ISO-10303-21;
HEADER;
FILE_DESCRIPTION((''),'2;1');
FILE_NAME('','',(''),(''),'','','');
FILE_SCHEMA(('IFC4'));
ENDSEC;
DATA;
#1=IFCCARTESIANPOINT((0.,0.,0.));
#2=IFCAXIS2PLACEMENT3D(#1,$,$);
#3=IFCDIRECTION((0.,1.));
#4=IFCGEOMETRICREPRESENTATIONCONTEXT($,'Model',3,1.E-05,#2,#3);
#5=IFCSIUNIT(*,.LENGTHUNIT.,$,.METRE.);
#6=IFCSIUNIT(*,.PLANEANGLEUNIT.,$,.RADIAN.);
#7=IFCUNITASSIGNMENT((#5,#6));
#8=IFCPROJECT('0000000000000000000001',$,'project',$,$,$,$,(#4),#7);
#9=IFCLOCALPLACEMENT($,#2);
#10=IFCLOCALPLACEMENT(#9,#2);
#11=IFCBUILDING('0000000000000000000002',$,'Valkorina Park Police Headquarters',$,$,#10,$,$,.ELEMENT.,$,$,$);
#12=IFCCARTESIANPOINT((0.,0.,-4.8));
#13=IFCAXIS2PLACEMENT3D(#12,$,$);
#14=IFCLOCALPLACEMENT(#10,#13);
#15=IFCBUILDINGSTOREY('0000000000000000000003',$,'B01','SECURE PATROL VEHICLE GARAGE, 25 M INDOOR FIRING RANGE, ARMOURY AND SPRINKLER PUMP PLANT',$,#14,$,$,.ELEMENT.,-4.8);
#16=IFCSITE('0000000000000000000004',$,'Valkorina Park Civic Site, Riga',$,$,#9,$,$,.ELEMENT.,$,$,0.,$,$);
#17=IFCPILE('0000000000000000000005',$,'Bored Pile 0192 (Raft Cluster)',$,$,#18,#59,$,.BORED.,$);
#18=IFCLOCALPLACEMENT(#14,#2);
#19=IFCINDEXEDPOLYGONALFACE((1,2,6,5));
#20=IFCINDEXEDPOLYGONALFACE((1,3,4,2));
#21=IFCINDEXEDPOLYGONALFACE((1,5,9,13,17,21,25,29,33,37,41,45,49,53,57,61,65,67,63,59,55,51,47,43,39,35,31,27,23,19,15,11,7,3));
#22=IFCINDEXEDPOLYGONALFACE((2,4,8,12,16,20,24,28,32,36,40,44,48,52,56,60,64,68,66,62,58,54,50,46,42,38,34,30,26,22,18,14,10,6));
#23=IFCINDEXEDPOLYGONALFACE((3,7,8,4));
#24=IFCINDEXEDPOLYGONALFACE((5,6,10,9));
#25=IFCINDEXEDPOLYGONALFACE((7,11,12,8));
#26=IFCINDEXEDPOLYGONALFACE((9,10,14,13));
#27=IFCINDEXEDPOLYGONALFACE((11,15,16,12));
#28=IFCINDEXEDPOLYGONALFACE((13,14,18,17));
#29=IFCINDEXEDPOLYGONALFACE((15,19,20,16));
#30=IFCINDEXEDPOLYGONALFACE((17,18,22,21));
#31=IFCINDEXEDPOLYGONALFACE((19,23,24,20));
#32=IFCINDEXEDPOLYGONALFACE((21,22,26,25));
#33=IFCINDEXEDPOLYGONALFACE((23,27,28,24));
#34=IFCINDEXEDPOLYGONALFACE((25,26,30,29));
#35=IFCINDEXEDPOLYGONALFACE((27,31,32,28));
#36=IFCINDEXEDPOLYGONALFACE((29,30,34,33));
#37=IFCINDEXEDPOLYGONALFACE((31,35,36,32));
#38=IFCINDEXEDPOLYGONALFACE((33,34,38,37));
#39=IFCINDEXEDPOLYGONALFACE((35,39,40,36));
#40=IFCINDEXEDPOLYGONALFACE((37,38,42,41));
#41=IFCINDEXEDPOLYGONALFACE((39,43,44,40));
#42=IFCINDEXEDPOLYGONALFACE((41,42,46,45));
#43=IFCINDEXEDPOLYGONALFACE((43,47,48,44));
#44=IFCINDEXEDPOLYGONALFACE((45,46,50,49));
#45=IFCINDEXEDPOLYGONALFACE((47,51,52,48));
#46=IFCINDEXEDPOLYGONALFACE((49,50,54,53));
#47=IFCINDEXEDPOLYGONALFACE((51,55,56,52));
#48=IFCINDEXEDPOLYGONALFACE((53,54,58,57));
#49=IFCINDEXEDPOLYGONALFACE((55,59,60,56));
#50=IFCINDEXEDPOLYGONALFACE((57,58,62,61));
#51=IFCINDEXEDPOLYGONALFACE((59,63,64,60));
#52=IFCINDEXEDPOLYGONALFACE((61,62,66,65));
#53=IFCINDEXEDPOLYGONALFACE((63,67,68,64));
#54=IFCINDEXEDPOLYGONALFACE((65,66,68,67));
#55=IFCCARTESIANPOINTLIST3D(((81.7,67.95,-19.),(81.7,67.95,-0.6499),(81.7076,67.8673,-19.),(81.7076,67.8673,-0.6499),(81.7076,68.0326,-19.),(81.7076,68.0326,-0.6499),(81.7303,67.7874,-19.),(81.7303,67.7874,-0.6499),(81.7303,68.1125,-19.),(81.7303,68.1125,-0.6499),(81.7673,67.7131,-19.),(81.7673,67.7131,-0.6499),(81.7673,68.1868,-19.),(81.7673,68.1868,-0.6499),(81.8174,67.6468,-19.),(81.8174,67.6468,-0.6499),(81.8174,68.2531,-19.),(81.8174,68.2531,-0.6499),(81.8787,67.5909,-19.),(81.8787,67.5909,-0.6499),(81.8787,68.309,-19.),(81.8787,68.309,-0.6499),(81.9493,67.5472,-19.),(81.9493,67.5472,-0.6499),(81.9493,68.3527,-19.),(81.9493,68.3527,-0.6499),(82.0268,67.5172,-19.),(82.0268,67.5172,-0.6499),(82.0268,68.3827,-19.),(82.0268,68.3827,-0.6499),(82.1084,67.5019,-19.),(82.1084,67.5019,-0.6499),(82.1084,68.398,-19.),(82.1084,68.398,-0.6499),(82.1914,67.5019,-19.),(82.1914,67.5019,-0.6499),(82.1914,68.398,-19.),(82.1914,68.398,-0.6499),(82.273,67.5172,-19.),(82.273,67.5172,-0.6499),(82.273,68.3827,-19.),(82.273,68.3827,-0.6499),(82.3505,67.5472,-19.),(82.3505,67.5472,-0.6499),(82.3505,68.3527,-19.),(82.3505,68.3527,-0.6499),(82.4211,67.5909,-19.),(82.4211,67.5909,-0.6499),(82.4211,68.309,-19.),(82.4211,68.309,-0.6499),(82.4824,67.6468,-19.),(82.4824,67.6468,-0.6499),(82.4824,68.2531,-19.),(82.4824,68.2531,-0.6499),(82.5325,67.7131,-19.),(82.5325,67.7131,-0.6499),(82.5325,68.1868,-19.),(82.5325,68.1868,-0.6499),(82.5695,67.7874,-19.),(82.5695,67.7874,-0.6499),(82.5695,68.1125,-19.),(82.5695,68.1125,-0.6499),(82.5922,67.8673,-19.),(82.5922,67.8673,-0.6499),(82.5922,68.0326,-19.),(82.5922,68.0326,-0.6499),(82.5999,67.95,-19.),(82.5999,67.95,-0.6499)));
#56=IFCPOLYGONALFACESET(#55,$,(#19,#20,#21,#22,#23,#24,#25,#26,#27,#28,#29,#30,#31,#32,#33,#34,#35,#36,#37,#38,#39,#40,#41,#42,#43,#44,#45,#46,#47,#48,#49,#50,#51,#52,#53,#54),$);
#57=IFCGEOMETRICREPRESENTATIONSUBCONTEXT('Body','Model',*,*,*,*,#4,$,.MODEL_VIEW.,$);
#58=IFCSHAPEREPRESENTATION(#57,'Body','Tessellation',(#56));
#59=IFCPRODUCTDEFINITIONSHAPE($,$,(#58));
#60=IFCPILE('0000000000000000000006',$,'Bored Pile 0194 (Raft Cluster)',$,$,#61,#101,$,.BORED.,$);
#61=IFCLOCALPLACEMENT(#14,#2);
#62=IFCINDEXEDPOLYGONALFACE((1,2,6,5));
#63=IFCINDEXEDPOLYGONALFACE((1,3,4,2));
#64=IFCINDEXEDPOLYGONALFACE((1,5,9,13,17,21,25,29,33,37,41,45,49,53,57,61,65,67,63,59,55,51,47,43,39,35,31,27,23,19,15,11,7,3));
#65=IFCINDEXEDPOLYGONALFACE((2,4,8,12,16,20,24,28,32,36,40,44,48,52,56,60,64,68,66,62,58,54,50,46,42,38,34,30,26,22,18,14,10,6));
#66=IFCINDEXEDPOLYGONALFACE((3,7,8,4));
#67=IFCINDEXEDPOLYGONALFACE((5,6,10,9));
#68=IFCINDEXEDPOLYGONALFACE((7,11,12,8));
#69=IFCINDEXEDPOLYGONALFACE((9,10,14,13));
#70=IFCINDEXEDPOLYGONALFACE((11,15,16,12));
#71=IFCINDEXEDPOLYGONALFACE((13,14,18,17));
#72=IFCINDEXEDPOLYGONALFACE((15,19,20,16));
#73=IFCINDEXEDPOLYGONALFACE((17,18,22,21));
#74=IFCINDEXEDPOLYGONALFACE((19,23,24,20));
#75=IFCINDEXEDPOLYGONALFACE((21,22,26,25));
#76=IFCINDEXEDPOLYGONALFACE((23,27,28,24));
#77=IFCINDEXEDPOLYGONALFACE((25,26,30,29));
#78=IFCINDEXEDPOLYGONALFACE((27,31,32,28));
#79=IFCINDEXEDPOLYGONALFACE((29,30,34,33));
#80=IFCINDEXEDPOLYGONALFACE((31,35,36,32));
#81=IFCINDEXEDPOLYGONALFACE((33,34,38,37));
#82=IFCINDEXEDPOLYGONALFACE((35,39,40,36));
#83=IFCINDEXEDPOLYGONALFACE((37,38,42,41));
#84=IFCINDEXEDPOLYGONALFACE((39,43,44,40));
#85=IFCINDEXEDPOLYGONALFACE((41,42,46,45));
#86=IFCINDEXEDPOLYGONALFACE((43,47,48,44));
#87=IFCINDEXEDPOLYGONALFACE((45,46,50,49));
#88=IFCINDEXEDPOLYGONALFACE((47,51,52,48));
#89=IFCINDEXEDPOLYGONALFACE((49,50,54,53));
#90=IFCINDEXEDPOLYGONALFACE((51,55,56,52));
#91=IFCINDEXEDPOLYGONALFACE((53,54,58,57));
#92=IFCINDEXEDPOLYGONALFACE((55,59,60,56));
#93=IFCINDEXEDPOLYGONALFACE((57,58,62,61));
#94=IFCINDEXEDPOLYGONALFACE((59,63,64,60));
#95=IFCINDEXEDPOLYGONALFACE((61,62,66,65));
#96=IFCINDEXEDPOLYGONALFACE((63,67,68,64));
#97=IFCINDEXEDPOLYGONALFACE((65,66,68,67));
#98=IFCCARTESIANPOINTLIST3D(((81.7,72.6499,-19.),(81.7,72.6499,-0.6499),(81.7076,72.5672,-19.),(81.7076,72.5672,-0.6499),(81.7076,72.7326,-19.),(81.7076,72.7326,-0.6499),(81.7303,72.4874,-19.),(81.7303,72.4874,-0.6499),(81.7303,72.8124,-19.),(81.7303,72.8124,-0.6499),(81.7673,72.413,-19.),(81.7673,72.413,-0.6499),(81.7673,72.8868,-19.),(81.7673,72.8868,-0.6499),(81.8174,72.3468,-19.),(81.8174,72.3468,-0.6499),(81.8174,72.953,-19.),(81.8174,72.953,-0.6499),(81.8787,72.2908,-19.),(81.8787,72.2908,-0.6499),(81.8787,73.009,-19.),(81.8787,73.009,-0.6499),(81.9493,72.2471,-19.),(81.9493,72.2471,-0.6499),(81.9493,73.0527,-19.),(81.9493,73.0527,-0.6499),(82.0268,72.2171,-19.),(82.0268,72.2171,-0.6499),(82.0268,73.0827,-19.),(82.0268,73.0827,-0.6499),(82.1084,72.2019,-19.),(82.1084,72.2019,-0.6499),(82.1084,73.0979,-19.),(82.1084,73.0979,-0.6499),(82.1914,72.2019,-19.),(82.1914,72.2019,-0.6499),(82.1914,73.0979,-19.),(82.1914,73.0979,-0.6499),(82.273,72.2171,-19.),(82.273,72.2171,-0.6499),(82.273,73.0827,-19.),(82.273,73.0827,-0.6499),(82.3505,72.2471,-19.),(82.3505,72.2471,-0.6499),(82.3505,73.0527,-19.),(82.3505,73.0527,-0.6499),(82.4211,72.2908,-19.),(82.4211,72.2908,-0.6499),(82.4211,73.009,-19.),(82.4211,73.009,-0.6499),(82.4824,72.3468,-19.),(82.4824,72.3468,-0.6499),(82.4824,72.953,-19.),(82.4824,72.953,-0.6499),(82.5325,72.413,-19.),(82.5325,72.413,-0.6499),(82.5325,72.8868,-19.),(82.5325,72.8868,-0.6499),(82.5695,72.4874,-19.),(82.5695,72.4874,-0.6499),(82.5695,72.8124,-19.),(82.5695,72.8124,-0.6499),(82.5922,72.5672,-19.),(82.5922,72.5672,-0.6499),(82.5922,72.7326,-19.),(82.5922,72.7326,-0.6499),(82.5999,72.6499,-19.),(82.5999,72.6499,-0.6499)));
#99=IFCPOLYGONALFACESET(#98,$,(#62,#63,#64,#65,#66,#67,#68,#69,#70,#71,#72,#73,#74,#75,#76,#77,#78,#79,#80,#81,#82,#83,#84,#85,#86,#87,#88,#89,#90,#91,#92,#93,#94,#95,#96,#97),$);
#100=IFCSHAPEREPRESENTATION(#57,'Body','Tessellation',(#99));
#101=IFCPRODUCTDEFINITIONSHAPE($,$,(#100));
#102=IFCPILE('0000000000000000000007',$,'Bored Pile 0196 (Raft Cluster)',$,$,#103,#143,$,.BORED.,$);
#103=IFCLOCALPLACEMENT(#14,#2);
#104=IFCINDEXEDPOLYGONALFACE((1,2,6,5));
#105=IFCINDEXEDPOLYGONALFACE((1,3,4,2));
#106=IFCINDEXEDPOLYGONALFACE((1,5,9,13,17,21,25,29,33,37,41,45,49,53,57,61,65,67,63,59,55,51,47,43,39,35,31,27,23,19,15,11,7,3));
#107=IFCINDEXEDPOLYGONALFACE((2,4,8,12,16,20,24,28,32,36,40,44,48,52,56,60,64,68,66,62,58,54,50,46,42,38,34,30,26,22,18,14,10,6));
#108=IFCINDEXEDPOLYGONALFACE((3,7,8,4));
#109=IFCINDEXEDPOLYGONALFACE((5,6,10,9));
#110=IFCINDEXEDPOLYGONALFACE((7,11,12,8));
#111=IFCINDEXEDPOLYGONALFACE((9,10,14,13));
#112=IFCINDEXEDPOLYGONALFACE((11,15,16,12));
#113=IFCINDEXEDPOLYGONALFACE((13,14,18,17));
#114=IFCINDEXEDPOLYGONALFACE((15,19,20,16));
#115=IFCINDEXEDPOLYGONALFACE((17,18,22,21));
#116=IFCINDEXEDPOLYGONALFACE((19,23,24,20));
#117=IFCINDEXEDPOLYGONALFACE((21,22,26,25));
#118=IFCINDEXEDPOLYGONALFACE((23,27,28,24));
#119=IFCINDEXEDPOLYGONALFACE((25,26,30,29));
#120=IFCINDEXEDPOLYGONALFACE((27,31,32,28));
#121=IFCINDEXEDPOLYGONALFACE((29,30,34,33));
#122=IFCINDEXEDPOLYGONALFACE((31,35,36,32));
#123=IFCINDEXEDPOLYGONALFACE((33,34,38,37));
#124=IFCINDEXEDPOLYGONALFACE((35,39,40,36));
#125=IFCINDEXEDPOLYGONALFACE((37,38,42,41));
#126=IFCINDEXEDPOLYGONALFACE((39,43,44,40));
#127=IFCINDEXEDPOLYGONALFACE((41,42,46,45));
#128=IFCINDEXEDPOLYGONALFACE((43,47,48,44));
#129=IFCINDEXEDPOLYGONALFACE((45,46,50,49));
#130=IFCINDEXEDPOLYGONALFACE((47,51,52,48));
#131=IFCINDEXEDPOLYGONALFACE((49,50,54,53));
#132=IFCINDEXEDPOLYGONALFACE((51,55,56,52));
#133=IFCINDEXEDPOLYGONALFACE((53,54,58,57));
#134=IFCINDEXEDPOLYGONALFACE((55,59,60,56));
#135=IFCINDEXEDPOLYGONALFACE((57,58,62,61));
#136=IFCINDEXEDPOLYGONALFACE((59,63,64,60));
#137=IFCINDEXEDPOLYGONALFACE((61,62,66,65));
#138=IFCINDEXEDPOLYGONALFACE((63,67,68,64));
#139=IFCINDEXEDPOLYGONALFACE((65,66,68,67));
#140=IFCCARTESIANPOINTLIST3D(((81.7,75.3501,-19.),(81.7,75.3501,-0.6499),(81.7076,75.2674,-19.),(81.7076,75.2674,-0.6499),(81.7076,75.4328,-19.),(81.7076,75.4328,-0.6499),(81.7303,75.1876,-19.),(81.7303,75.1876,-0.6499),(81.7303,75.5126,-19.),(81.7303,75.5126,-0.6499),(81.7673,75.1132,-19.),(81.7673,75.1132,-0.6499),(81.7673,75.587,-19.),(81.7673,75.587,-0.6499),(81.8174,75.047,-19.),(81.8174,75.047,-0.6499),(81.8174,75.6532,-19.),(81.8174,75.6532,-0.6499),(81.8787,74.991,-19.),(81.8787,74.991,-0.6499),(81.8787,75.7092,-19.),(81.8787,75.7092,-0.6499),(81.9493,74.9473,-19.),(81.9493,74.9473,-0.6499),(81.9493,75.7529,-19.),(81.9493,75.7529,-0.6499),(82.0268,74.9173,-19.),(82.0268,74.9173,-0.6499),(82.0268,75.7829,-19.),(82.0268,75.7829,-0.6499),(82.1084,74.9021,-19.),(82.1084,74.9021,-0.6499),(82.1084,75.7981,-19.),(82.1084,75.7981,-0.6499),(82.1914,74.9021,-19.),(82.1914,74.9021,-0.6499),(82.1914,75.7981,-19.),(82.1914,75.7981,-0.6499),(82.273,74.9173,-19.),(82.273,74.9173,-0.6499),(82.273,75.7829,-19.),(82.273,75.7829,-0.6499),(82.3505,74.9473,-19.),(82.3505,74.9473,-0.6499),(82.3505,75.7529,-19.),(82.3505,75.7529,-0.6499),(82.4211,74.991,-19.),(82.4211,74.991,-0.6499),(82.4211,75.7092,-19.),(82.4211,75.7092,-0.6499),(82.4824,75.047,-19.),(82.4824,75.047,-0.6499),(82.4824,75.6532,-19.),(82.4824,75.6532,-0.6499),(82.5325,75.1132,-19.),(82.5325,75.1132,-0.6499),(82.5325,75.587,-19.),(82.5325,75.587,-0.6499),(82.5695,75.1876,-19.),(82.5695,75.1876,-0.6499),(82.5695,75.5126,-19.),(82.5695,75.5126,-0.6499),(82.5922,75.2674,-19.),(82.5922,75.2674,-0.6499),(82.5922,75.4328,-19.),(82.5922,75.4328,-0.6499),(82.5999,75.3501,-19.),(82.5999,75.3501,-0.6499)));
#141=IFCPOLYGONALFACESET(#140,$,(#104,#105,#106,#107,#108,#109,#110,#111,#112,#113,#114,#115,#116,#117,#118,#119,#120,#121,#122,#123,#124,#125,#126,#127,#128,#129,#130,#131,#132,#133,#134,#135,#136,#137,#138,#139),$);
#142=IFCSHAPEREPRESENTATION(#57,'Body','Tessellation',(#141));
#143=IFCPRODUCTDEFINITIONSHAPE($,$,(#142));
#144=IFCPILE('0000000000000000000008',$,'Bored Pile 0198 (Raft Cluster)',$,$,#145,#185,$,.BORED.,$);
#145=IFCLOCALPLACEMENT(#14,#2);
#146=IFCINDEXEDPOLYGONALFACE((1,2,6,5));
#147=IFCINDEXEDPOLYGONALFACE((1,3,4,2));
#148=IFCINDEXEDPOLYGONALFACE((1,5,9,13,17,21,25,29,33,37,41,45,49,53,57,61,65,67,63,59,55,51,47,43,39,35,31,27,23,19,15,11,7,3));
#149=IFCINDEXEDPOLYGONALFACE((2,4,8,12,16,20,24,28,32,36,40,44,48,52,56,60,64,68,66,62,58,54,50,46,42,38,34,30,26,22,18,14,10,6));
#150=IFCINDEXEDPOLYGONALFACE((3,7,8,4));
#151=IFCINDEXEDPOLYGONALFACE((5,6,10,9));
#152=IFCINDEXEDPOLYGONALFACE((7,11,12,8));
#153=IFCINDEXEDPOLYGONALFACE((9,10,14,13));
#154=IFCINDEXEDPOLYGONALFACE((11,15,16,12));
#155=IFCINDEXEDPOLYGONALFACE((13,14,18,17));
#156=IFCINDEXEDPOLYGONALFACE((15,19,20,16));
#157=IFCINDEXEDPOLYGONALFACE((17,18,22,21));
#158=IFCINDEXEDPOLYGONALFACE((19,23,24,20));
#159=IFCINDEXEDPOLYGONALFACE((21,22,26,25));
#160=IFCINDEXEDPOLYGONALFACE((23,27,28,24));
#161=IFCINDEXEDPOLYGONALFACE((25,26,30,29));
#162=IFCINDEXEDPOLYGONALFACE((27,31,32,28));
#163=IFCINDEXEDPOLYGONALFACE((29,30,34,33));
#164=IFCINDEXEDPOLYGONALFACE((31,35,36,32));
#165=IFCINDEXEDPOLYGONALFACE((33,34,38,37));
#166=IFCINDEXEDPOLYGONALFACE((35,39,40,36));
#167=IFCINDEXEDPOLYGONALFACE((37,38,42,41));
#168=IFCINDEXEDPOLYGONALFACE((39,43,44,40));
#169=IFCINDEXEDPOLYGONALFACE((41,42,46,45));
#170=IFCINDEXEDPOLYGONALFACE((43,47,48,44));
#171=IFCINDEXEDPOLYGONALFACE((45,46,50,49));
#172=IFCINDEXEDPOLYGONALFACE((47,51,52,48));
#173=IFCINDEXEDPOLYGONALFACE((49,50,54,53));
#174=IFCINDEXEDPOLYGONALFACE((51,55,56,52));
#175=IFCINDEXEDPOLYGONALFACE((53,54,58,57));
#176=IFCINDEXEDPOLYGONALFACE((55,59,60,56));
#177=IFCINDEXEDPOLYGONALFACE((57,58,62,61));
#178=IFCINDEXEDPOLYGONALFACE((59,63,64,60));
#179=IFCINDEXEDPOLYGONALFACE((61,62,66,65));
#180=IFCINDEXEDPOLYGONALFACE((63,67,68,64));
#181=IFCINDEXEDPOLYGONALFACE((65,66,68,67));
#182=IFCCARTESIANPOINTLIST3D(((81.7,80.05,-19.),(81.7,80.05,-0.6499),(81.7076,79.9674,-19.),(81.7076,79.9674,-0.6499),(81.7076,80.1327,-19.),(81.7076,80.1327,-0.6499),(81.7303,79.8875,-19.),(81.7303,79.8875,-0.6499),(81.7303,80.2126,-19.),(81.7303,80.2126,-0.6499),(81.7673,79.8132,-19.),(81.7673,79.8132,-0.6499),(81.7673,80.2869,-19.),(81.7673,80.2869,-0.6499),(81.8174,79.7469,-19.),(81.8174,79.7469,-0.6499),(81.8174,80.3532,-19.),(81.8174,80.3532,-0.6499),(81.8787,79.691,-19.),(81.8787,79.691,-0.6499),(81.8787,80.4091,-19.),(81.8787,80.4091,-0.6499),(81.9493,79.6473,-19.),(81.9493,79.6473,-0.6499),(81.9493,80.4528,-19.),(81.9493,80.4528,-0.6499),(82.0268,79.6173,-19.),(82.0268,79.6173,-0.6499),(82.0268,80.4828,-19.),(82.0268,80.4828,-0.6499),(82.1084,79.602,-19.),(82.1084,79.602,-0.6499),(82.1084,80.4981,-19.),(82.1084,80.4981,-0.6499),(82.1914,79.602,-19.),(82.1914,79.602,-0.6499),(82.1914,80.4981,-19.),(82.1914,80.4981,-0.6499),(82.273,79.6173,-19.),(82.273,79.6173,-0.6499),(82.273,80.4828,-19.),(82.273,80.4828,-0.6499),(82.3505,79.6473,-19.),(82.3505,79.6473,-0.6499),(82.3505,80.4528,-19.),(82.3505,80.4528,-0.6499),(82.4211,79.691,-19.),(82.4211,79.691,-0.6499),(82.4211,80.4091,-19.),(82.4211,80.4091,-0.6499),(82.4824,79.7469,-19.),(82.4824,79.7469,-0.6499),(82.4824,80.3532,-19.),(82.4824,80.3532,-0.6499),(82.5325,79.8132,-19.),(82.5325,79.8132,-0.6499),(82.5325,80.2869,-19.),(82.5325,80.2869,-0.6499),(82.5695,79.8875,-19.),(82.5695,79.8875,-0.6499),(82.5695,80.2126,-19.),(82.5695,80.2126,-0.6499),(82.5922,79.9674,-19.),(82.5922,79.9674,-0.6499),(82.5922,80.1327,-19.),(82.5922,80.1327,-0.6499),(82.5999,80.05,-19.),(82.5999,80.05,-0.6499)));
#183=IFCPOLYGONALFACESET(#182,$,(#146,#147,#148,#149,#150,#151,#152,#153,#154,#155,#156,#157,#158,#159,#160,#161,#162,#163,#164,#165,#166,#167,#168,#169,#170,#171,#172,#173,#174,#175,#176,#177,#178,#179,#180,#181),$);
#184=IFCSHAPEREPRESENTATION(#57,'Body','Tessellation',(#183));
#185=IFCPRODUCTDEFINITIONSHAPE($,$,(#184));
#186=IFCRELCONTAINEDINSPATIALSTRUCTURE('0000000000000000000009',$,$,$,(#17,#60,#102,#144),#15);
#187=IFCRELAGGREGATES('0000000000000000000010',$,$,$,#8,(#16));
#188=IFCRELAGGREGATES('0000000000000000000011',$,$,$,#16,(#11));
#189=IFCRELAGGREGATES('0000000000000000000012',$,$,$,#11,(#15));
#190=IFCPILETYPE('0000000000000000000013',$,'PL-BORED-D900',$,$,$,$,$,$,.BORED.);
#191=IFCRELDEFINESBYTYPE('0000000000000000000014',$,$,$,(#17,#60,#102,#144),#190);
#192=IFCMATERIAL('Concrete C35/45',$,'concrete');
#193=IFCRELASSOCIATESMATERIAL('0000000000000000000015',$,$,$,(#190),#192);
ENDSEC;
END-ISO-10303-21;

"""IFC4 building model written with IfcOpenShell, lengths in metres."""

from ifc_helpers import new_model, si_unit, direction, frame, origin, origin_2d, place, context, subcontext, project, spatial, circle, extrude, material, material_profile, profile_set, type_object, element, save


model = new_model("IFC4")

# Units and contexts
model_context = context("Model", 3, precision=1e-05, world=origin(), true_north=direction((0.0, 1.0)))
body_context = subcontext(model_context, "Body", "Model", "MODEL_VIEW")
ifc_project = project(units=[si_unit("LENGTHUNIT", "METRE"), si_unit("PLANEANGLEUNIT", "RADIAN")], contexts=[model_context])

# Site, building, storey
site_placement = place(None, origin())
site = spatial("IfcSite", under=ifc_project, at=site_placement, Name="Valkorina Park Civic Site, Riga", CompositionType="ELEMENT", RefElevation=0.0)
building_placement = place(site_placement, origin())
building = spatial("IfcBuilding", under=site, at=building_placement, Name="Valkorina Park Police Headquarters", CompositionType="ELEMENT")
storey_placement = place(building_placement, frame((0.0, 0.0, -4.8)))
storey = spatial("IfcBuildingStorey", under=building, at=storey_placement, Name="B01", Description="SECURE PATROL VEHICLE GARAGE, 25 M INDOOR FIRING RANGE, ARMOURY AND SPRINKLER PUMP PLANT", CompositionType="ELEMENT", Elevation=-4.8)

# Piles
ifc_material_1 = material(Name="Concrete C35/45", Category="concrete")
ifc_material_profile_1 = material_profile(ifc_material_1, circle(Radius=0.45, at=origin_2d()), Name="BORED PILE D900")
ifc_profile_set_1 = profile_set([ifc_material_profile_1], Name="Concrete C35/45")
pile_type = type_object("IfcPileType", Name="PL-BORED-D900", PredefinedType="BORED", material=ifc_profile_set_1)
for number, where, z_axis, x_axis, name in (
    (1, (82.1499, 67.95, -0.6499), (0.0, 0.0, -1.0), (1.0, 0.0, 0.0), "Bored Pile 0192 (Raft Cluster)"),
    (2, (82.1499, 72.6499, -0.6499), (0.0, 0.0, -1.0), (1.0, 0.0, 0.0), "Bored Pile 0194 (Raft Cluster)"),
    (3, (82.1499, 75.3501, -0.6499), (0.0, 0.0, -1.0), (1.0, 0.0, 0.0), "Bored Pile 0196 (Raft Cluster)"),
    (4, (82.1499, 80.05, -0.6499), (0.0, 0.0, -1.0), (1.0, 0.0, 0.0), "Bored Pile 0198 (Raft Cluster)"),
):
    element("IfcPile", number, at=place(storey_placement, frame(where, z_axis=z_axis, x_axis=x_axis)), inside=storey, type_object=pile_type, Name=name, PredefinedType="BORED", context=body_context, shape_type="SweptSolid", body=[
        extrude(circle(Radius=0.45, at=origin_2d()), origin(), (0.0, 0.0, 1.0), 18.3501),
    ])

save(model, "model.ifc")
